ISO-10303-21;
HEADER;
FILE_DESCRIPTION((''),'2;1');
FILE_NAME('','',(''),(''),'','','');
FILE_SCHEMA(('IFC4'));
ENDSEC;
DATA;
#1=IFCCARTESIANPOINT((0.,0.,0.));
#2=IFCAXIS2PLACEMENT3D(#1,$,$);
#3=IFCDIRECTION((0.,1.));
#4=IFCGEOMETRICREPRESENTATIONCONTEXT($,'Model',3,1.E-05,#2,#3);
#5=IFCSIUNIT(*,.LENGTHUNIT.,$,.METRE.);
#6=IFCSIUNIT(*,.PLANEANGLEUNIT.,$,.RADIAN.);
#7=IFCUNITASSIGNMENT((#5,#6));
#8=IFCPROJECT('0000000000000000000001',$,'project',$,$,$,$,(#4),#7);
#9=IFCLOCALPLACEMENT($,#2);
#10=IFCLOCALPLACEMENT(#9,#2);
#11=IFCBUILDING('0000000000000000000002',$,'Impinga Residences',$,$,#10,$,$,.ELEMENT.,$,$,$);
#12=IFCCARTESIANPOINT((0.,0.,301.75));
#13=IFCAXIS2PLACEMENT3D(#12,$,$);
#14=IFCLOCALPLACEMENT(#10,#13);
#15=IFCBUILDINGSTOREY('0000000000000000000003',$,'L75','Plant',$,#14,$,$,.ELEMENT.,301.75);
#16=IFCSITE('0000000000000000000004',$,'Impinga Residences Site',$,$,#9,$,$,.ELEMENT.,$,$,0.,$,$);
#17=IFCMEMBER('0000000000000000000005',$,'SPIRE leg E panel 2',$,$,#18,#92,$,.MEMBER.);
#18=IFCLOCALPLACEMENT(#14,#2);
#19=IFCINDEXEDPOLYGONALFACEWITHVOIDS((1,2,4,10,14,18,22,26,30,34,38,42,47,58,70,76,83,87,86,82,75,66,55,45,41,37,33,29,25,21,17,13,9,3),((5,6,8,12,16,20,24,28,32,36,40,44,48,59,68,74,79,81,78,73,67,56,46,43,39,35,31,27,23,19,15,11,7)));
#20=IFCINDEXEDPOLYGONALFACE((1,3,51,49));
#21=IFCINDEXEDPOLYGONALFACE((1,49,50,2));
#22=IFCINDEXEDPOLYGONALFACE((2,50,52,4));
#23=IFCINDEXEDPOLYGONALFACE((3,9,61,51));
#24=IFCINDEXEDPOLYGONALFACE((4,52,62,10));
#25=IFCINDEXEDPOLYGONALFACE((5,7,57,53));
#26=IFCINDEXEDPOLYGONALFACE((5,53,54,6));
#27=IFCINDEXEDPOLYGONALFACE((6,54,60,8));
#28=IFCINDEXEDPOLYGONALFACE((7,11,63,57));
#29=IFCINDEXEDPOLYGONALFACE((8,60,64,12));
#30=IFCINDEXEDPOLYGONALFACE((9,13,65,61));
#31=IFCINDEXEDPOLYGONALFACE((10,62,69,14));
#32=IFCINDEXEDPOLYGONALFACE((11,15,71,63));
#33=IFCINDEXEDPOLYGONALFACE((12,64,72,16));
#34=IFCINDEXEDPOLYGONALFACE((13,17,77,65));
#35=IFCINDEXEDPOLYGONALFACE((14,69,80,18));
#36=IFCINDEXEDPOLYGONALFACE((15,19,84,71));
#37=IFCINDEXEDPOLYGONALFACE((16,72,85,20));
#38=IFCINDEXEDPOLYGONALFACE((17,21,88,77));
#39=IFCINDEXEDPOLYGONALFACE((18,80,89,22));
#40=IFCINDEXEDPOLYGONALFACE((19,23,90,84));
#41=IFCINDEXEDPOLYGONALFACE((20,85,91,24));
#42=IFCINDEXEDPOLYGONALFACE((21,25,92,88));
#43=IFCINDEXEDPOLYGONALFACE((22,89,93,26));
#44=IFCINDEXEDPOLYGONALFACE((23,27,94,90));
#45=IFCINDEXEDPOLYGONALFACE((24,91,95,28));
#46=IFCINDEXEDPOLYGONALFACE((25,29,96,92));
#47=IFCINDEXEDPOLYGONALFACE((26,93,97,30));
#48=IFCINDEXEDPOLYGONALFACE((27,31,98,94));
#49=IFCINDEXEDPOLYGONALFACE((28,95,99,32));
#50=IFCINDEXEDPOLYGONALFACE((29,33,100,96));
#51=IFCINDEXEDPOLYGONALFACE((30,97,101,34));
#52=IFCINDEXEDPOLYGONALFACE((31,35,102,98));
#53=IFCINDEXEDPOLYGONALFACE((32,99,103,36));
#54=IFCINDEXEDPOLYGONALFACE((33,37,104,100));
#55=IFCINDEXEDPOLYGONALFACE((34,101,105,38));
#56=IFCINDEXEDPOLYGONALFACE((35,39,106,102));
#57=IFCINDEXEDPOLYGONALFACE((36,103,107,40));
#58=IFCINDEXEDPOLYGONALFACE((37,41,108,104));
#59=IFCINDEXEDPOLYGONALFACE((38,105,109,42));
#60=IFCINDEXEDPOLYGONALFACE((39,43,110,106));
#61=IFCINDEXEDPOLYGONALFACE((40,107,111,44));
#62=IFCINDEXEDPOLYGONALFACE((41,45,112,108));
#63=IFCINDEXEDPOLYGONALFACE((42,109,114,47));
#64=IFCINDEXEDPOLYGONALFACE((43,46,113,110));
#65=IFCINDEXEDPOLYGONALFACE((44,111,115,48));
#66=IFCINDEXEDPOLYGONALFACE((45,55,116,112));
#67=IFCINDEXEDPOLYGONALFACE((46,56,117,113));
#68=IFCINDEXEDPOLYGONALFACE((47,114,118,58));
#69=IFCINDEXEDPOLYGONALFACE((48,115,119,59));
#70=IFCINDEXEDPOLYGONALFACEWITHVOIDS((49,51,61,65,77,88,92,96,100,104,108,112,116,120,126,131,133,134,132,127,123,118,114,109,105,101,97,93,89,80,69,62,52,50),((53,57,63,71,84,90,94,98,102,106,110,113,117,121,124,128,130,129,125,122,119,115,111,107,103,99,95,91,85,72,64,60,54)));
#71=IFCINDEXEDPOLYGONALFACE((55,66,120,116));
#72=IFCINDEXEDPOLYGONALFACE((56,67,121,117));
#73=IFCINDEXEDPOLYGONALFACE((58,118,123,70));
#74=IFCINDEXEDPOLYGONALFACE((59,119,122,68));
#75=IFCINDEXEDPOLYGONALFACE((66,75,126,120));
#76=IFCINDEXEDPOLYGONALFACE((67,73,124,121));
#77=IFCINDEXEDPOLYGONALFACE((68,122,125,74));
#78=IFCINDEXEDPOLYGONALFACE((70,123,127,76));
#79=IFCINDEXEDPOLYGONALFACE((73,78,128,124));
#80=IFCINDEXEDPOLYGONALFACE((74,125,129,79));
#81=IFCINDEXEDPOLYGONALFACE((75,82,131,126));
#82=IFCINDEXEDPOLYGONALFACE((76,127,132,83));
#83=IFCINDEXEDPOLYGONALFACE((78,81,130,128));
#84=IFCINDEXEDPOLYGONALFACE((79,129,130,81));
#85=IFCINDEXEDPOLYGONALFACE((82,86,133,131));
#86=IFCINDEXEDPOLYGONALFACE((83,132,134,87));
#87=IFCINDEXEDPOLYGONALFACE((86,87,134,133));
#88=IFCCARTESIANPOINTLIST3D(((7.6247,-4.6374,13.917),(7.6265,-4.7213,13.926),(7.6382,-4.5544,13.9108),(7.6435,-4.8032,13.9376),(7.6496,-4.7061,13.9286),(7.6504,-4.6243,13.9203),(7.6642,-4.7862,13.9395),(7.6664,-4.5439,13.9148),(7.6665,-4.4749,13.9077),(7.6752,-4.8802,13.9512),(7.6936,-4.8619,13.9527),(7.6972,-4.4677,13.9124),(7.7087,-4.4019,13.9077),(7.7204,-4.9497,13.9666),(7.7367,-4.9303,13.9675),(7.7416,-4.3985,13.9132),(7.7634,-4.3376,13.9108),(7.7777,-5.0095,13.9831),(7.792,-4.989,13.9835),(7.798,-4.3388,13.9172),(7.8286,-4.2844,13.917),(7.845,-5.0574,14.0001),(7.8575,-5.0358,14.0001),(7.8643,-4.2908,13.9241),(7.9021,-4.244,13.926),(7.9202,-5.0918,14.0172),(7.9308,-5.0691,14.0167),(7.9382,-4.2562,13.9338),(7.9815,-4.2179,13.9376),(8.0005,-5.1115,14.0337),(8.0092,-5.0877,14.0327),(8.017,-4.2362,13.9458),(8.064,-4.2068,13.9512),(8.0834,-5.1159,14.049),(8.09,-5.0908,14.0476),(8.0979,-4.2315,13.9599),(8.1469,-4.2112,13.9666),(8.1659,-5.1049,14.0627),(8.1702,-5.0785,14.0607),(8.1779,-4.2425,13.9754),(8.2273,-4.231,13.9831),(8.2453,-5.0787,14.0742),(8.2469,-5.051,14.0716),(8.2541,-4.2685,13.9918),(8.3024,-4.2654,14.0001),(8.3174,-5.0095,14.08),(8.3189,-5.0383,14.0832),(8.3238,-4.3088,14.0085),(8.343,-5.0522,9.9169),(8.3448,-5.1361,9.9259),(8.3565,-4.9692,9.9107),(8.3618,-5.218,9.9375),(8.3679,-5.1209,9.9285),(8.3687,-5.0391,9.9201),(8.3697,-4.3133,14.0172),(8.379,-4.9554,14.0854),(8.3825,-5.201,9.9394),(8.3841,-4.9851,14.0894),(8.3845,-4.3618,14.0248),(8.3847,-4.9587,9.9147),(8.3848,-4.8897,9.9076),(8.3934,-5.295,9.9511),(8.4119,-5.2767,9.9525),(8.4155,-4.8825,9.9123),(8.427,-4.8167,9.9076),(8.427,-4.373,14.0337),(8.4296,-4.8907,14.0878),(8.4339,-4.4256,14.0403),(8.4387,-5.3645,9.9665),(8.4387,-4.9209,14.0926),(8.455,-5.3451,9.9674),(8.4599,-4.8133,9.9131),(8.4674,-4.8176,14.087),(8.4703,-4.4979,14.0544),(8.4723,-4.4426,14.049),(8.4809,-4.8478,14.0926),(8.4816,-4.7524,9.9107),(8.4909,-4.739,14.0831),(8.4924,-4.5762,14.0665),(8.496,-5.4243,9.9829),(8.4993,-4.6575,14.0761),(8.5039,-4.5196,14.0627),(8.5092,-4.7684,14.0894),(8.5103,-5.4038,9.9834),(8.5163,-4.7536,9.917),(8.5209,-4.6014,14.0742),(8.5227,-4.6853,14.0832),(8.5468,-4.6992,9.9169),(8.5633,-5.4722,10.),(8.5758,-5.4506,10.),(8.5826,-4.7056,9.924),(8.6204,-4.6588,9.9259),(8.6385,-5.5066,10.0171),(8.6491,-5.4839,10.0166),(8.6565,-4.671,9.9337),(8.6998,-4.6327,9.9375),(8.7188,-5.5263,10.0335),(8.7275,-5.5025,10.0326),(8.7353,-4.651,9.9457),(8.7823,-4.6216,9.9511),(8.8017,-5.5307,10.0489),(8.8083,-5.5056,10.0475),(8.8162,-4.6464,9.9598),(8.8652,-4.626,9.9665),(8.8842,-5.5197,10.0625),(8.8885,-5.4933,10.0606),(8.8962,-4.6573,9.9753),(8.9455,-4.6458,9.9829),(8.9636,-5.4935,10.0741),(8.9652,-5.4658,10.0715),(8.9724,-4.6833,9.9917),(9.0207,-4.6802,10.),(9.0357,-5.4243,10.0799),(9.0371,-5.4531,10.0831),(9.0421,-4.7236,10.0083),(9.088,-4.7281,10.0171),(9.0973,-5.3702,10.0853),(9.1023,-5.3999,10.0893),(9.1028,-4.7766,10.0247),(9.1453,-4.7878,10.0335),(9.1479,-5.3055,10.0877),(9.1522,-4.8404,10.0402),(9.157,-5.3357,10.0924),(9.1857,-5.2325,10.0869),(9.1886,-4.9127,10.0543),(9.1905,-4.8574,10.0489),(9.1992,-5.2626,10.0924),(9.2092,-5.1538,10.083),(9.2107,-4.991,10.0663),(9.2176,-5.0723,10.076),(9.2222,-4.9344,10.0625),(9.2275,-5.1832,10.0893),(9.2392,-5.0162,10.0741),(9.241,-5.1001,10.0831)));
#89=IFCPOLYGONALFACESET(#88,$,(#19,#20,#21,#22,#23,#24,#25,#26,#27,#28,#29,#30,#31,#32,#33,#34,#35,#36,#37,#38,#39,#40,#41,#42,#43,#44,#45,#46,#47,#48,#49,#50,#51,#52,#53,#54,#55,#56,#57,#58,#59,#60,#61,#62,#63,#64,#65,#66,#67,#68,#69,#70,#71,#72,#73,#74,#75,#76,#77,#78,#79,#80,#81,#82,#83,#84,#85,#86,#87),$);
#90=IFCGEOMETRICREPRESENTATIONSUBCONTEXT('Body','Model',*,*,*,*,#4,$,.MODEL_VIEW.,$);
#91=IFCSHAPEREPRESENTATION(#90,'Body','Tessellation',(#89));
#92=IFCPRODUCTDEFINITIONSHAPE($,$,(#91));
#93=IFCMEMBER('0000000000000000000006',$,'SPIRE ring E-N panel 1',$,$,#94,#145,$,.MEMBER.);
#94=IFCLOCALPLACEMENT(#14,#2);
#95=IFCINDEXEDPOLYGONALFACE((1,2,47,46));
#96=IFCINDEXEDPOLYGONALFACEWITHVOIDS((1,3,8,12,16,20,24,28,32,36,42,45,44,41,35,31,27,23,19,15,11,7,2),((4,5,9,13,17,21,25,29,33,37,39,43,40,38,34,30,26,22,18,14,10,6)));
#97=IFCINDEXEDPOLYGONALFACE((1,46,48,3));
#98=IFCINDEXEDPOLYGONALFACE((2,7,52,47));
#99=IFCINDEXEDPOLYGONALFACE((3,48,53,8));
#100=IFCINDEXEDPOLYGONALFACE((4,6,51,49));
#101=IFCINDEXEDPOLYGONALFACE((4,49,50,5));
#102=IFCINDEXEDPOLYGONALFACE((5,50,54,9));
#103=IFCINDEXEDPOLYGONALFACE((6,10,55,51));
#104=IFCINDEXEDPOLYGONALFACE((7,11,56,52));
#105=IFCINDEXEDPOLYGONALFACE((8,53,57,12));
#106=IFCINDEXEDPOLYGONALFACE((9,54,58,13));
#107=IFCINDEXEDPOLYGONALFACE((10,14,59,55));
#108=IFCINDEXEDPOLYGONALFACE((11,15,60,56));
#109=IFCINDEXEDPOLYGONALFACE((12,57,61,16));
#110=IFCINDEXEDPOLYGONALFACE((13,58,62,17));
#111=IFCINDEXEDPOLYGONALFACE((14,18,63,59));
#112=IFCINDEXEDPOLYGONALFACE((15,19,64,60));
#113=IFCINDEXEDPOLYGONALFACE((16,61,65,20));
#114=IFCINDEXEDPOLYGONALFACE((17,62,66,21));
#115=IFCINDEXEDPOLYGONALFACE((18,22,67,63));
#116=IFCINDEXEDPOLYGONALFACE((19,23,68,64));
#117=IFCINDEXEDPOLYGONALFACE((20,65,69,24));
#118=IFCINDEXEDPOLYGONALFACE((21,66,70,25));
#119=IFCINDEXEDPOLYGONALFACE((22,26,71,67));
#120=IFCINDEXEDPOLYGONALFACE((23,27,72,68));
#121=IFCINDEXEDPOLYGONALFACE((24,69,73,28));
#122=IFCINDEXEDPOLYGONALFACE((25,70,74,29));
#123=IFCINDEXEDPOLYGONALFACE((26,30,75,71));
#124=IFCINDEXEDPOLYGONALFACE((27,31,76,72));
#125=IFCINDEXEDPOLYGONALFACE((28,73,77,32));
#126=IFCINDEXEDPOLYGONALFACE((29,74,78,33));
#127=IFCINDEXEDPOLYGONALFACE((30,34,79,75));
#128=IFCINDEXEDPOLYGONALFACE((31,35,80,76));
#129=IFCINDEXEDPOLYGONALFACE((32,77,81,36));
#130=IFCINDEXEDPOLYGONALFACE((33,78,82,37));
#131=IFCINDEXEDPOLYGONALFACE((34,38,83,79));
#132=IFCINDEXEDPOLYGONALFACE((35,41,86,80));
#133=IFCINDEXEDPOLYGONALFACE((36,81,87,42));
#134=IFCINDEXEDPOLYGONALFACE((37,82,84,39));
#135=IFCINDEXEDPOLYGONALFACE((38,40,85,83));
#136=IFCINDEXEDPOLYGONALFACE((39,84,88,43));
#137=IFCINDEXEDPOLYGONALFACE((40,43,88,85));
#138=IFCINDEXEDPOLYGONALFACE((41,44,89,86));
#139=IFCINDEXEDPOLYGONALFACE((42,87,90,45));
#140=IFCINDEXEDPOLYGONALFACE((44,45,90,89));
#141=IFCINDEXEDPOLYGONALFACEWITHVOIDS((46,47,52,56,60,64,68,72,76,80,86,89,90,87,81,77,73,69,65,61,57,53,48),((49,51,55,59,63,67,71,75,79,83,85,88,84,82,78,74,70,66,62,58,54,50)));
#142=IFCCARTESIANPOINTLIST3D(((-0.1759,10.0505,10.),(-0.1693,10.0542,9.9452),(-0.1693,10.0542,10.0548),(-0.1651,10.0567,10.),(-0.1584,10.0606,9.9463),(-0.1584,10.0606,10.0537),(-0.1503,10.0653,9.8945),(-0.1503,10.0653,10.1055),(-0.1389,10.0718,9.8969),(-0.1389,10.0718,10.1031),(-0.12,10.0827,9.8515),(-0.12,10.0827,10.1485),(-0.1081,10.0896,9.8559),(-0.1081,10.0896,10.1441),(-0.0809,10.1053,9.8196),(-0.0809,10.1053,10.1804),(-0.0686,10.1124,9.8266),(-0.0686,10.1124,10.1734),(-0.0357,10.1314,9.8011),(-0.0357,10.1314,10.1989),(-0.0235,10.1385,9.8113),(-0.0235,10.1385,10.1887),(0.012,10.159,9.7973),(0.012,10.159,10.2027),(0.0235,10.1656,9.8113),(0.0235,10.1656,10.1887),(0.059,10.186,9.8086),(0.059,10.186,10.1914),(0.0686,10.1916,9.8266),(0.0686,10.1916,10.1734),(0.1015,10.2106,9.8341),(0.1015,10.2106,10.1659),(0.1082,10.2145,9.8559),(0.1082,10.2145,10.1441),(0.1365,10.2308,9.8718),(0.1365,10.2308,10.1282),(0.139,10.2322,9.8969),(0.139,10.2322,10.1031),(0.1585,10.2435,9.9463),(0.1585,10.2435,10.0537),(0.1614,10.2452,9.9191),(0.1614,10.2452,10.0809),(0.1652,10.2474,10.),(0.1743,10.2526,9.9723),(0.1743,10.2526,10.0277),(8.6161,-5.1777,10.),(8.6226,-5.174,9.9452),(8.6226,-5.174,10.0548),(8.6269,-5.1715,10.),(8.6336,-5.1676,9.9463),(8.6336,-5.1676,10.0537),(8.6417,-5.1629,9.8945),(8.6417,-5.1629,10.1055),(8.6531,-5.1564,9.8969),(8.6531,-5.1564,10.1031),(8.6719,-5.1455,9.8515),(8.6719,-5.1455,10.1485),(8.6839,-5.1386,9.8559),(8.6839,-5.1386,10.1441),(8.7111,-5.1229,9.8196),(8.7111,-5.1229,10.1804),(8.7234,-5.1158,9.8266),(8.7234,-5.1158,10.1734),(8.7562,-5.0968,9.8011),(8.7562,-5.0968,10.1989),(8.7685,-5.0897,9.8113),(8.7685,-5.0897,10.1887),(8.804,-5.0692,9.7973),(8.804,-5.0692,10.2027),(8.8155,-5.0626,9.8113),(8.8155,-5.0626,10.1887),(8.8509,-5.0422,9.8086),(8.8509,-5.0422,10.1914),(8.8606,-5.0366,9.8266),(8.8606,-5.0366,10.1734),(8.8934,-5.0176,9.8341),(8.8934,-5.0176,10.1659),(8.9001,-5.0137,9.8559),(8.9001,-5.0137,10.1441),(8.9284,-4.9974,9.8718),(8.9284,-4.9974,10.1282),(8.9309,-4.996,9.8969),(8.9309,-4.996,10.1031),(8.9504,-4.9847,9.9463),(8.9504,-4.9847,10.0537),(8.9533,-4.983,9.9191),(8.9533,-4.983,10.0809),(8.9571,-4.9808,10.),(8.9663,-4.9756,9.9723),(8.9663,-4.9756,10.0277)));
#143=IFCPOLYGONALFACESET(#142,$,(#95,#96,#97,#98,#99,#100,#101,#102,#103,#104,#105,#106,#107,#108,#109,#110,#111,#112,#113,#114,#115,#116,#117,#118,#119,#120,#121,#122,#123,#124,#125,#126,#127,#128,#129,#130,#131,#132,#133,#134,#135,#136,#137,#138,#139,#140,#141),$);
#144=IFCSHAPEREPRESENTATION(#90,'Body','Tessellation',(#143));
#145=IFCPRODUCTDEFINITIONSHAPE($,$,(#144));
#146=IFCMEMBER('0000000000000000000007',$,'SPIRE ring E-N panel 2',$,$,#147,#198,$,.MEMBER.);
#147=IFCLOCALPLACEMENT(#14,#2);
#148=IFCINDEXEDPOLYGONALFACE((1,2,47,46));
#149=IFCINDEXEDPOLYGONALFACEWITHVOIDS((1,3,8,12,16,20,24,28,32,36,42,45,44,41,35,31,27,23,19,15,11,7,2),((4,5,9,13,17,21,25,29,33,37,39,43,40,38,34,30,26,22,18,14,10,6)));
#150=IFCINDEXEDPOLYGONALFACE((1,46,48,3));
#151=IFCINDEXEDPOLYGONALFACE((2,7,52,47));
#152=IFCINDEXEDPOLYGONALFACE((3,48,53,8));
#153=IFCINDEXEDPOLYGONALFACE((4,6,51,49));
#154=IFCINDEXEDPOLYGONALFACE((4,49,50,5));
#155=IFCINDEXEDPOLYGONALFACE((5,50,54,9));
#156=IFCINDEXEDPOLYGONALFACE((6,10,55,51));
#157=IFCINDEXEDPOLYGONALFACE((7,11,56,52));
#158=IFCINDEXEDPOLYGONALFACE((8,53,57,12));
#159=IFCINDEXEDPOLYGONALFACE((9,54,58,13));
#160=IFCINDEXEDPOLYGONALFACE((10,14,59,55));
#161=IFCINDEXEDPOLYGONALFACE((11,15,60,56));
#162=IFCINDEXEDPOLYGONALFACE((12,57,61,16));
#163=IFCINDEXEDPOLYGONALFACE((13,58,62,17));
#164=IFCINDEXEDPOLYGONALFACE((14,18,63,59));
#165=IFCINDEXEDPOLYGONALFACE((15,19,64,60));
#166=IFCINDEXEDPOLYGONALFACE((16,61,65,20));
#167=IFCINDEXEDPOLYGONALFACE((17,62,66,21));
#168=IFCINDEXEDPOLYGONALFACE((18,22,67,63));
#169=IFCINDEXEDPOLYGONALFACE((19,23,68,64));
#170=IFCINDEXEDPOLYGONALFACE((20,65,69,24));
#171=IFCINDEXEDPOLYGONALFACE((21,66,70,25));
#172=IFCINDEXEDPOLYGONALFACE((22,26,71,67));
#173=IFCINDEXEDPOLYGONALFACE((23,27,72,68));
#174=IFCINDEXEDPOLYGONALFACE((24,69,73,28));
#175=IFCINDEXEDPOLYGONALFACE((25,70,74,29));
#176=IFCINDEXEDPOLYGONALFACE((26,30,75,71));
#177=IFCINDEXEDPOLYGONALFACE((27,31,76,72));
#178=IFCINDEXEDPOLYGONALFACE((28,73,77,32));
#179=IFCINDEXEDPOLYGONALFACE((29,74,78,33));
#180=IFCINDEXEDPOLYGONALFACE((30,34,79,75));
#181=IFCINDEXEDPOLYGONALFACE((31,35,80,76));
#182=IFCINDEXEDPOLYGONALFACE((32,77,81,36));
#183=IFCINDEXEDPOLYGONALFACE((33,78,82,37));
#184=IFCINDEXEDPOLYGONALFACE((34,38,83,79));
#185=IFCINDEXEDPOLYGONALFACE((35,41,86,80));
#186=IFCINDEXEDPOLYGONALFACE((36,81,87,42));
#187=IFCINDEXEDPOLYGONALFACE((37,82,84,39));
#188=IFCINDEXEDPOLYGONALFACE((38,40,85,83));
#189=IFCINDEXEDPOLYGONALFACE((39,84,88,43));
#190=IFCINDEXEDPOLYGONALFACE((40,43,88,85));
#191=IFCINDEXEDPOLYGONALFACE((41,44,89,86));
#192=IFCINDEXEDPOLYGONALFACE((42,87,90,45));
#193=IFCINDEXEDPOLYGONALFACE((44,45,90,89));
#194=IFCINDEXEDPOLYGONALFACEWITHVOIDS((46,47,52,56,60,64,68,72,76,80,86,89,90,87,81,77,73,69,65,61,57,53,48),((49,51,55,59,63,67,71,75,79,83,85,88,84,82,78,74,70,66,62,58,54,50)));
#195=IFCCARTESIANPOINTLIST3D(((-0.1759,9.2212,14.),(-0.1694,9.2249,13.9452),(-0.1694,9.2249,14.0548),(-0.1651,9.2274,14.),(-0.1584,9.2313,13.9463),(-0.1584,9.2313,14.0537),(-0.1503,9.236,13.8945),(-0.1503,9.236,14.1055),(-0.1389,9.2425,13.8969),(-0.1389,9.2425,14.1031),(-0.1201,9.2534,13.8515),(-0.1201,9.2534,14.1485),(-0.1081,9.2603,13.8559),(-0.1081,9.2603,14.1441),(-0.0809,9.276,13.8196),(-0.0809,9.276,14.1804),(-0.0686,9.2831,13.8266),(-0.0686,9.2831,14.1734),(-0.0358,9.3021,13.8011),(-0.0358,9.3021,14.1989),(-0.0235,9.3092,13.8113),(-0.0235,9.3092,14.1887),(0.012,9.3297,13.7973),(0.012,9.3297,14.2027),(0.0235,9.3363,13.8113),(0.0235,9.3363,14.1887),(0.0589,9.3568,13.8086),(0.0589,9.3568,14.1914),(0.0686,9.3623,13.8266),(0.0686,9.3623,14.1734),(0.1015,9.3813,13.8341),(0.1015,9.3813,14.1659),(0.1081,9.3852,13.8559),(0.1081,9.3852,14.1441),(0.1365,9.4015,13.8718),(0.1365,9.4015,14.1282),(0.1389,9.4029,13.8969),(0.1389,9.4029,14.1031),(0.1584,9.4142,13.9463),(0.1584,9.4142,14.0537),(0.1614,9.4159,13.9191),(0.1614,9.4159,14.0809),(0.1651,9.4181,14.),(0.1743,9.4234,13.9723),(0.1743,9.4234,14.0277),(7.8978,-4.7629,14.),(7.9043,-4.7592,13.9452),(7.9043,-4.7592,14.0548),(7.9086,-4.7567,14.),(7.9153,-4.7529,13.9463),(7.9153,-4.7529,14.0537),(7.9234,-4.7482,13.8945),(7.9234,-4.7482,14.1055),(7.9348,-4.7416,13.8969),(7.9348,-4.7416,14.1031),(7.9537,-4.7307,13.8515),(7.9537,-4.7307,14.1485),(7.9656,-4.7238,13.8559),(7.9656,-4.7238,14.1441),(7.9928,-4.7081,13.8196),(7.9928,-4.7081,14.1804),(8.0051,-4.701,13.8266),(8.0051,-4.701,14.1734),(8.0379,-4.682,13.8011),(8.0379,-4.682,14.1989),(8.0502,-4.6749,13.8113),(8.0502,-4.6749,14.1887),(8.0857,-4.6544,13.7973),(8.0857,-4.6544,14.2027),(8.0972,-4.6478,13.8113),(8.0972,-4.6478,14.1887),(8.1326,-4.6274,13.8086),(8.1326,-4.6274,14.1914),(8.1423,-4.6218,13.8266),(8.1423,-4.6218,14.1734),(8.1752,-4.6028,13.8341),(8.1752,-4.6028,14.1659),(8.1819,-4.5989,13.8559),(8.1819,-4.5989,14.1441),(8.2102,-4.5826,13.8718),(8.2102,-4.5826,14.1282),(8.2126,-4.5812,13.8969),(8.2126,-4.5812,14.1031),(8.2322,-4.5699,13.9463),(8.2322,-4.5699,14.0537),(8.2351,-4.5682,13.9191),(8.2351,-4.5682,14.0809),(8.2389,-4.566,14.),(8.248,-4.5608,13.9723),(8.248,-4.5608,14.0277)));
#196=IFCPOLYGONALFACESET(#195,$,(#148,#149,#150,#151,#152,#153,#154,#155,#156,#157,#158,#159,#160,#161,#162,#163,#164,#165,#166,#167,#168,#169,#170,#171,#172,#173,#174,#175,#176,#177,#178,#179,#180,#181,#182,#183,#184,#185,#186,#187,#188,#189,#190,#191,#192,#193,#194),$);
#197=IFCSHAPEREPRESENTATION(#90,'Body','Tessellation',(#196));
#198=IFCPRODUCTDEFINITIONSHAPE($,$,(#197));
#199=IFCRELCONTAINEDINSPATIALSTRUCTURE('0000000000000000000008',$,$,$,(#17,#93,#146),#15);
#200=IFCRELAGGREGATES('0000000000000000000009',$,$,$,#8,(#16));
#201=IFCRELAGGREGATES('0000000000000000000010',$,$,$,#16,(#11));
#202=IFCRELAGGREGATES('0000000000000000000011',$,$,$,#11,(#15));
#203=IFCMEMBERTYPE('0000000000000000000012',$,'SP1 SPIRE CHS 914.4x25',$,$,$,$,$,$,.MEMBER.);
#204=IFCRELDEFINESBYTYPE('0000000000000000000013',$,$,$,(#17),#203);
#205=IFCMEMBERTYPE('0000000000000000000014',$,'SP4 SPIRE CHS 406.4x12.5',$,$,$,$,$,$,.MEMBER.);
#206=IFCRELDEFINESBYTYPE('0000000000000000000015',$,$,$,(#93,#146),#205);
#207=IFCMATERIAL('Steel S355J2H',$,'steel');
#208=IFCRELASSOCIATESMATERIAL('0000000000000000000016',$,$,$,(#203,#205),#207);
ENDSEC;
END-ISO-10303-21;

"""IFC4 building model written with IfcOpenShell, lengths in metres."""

from ifc_helpers import new_model, si_unit, direction, frame, origin, origin_2d, place, context, subcontext, project, spatial, hollow_circle, extrude, material, material_profile, profile_set, type_object, element, save


model = new_model("IFC4")

# Units and contexts
model_context = context("Model", 3, precision=1e-05, world=origin(), true_north=direction((0.0, 1.0)))
body_context = subcontext(model_context, "Body", "Model", "MODEL_VIEW")
ifc_project = project(units=[si_unit("LENGTHUNIT", "METRE"), si_unit("PLANEANGLEUNIT", "RADIAN")], contexts=[model_context])

# Site, building, storey
site_placement = place(None, origin())
site = spatial("IfcSite", under=ifc_project, at=site_placement, Name="Impinga Residences Site", CompositionType="ELEMENT", RefElevation=0.0)
building_placement = place(site_placement, origin())
building = spatial("IfcBuilding", under=site, at=building_placement, Name="Impinga Residences", CompositionType="ELEMENT")
storey_placement = place(building_placement, frame((0.0, 0.0, 301.75)))
storey = spatial("IfcBuildingStorey", under=building, at=storey_placement, Name="L75", Description="Plant", CompositionType="ELEMENT", Elevation=301.75)

# Members
ifc_material_1 = material(Name="Steel S355J2H", Category="steel")
ifc_material_profile_1 = material_profile(ifc_material_1, hollow_circle(Radius=0.4573, WallThickness=0.0249, at=origin_2d()), Name="CHS 914.4x25")
ifc_profile_set_1 = profile_set([ifc_material_profile_1], Name="Steel S355J2H")
member_type_1 = type_object("IfcMemberType", Name="SP1 SPIRE CHS 914.4x25", PredefinedType="MEMBER", material=ifc_profile_set_1)
member_1_placement = place(storey_placement, frame((8.792, -5.0762, 10.0), z_axis=(-0.175825, 0.101539, 0.979171), x_axis=(-0.500096, -0.86597, 0.0)))
element("IfcMember", 1, at=member_1_placement, inside=storey, type_object=member_type_1, Name="SPIRE leg E panel 2", PredefinedType="MEMBER", context=body_context, shape_type="SweptSolid", body=[
    extrude(hollow_circle(Radius=0.4573, WallThickness=0.0249, at=origin_2d()), origin(), (0.0, 0.0, 1.0), 4.0852),
])
ifc_material_profile_2 = material_profile(ifc_material_1, hollow_circle(Radius=0.2031, WallThickness=0.0125, at=origin_2d()), Name="CHS 406.4x12.5")
ifc_profile_set_2 = profile_set([ifc_material_profile_2], Name="Steel S355J2H")
member_type_2 = type_object("IfcMemberType", Name="SP4 SPIRE CHS 406.4x12.5", PredefinedType="MEMBER", material=ifc_profile_set_2)
member_2_placement = place(storey_placement, frame((8.792, -5.0762, 10.0), z_axis=(-0.499998, 0.866027, 0.0), x_axis=(-0.866027, -0.499998, 0.0)))
element("IfcMember", 2, at=member_2_placement, inside=storey, type_object=member_type_2, Name="SPIRE ring E-N panel 1", PredefinedType="MEMBER", context=body_context, shape_type="SweptSolid", body=[
    extrude(hollow_circle(Radius=0.2031, WallThickness=0.0125, at=origin_2d()), origin(), (0.0, 0.0, 1.0), 17.584),
])
member_3_placement = place(storey_placement, frame((8.0737, -4.6614, 14.0), z_axis=(-0.499999, 0.866026, 0.0), x_axis=(-0.866026, -0.499999, 0.0)))
element("IfcMember", 3, at=member_3_placement, inside=storey, type_object=member_type_2, Name="SPIRE ring E-N panel 2", PredefinedType="MEMBER", context=body_context, shape_type="SweptSolid", body=[
    extrude(hollow_circle(Radius=0.2031, WallThickness=0.0125, at=origin_2d()), origin(), (0.0, 0.0, 1.0), 16.1475),
])

save(model, "model.ifc")
